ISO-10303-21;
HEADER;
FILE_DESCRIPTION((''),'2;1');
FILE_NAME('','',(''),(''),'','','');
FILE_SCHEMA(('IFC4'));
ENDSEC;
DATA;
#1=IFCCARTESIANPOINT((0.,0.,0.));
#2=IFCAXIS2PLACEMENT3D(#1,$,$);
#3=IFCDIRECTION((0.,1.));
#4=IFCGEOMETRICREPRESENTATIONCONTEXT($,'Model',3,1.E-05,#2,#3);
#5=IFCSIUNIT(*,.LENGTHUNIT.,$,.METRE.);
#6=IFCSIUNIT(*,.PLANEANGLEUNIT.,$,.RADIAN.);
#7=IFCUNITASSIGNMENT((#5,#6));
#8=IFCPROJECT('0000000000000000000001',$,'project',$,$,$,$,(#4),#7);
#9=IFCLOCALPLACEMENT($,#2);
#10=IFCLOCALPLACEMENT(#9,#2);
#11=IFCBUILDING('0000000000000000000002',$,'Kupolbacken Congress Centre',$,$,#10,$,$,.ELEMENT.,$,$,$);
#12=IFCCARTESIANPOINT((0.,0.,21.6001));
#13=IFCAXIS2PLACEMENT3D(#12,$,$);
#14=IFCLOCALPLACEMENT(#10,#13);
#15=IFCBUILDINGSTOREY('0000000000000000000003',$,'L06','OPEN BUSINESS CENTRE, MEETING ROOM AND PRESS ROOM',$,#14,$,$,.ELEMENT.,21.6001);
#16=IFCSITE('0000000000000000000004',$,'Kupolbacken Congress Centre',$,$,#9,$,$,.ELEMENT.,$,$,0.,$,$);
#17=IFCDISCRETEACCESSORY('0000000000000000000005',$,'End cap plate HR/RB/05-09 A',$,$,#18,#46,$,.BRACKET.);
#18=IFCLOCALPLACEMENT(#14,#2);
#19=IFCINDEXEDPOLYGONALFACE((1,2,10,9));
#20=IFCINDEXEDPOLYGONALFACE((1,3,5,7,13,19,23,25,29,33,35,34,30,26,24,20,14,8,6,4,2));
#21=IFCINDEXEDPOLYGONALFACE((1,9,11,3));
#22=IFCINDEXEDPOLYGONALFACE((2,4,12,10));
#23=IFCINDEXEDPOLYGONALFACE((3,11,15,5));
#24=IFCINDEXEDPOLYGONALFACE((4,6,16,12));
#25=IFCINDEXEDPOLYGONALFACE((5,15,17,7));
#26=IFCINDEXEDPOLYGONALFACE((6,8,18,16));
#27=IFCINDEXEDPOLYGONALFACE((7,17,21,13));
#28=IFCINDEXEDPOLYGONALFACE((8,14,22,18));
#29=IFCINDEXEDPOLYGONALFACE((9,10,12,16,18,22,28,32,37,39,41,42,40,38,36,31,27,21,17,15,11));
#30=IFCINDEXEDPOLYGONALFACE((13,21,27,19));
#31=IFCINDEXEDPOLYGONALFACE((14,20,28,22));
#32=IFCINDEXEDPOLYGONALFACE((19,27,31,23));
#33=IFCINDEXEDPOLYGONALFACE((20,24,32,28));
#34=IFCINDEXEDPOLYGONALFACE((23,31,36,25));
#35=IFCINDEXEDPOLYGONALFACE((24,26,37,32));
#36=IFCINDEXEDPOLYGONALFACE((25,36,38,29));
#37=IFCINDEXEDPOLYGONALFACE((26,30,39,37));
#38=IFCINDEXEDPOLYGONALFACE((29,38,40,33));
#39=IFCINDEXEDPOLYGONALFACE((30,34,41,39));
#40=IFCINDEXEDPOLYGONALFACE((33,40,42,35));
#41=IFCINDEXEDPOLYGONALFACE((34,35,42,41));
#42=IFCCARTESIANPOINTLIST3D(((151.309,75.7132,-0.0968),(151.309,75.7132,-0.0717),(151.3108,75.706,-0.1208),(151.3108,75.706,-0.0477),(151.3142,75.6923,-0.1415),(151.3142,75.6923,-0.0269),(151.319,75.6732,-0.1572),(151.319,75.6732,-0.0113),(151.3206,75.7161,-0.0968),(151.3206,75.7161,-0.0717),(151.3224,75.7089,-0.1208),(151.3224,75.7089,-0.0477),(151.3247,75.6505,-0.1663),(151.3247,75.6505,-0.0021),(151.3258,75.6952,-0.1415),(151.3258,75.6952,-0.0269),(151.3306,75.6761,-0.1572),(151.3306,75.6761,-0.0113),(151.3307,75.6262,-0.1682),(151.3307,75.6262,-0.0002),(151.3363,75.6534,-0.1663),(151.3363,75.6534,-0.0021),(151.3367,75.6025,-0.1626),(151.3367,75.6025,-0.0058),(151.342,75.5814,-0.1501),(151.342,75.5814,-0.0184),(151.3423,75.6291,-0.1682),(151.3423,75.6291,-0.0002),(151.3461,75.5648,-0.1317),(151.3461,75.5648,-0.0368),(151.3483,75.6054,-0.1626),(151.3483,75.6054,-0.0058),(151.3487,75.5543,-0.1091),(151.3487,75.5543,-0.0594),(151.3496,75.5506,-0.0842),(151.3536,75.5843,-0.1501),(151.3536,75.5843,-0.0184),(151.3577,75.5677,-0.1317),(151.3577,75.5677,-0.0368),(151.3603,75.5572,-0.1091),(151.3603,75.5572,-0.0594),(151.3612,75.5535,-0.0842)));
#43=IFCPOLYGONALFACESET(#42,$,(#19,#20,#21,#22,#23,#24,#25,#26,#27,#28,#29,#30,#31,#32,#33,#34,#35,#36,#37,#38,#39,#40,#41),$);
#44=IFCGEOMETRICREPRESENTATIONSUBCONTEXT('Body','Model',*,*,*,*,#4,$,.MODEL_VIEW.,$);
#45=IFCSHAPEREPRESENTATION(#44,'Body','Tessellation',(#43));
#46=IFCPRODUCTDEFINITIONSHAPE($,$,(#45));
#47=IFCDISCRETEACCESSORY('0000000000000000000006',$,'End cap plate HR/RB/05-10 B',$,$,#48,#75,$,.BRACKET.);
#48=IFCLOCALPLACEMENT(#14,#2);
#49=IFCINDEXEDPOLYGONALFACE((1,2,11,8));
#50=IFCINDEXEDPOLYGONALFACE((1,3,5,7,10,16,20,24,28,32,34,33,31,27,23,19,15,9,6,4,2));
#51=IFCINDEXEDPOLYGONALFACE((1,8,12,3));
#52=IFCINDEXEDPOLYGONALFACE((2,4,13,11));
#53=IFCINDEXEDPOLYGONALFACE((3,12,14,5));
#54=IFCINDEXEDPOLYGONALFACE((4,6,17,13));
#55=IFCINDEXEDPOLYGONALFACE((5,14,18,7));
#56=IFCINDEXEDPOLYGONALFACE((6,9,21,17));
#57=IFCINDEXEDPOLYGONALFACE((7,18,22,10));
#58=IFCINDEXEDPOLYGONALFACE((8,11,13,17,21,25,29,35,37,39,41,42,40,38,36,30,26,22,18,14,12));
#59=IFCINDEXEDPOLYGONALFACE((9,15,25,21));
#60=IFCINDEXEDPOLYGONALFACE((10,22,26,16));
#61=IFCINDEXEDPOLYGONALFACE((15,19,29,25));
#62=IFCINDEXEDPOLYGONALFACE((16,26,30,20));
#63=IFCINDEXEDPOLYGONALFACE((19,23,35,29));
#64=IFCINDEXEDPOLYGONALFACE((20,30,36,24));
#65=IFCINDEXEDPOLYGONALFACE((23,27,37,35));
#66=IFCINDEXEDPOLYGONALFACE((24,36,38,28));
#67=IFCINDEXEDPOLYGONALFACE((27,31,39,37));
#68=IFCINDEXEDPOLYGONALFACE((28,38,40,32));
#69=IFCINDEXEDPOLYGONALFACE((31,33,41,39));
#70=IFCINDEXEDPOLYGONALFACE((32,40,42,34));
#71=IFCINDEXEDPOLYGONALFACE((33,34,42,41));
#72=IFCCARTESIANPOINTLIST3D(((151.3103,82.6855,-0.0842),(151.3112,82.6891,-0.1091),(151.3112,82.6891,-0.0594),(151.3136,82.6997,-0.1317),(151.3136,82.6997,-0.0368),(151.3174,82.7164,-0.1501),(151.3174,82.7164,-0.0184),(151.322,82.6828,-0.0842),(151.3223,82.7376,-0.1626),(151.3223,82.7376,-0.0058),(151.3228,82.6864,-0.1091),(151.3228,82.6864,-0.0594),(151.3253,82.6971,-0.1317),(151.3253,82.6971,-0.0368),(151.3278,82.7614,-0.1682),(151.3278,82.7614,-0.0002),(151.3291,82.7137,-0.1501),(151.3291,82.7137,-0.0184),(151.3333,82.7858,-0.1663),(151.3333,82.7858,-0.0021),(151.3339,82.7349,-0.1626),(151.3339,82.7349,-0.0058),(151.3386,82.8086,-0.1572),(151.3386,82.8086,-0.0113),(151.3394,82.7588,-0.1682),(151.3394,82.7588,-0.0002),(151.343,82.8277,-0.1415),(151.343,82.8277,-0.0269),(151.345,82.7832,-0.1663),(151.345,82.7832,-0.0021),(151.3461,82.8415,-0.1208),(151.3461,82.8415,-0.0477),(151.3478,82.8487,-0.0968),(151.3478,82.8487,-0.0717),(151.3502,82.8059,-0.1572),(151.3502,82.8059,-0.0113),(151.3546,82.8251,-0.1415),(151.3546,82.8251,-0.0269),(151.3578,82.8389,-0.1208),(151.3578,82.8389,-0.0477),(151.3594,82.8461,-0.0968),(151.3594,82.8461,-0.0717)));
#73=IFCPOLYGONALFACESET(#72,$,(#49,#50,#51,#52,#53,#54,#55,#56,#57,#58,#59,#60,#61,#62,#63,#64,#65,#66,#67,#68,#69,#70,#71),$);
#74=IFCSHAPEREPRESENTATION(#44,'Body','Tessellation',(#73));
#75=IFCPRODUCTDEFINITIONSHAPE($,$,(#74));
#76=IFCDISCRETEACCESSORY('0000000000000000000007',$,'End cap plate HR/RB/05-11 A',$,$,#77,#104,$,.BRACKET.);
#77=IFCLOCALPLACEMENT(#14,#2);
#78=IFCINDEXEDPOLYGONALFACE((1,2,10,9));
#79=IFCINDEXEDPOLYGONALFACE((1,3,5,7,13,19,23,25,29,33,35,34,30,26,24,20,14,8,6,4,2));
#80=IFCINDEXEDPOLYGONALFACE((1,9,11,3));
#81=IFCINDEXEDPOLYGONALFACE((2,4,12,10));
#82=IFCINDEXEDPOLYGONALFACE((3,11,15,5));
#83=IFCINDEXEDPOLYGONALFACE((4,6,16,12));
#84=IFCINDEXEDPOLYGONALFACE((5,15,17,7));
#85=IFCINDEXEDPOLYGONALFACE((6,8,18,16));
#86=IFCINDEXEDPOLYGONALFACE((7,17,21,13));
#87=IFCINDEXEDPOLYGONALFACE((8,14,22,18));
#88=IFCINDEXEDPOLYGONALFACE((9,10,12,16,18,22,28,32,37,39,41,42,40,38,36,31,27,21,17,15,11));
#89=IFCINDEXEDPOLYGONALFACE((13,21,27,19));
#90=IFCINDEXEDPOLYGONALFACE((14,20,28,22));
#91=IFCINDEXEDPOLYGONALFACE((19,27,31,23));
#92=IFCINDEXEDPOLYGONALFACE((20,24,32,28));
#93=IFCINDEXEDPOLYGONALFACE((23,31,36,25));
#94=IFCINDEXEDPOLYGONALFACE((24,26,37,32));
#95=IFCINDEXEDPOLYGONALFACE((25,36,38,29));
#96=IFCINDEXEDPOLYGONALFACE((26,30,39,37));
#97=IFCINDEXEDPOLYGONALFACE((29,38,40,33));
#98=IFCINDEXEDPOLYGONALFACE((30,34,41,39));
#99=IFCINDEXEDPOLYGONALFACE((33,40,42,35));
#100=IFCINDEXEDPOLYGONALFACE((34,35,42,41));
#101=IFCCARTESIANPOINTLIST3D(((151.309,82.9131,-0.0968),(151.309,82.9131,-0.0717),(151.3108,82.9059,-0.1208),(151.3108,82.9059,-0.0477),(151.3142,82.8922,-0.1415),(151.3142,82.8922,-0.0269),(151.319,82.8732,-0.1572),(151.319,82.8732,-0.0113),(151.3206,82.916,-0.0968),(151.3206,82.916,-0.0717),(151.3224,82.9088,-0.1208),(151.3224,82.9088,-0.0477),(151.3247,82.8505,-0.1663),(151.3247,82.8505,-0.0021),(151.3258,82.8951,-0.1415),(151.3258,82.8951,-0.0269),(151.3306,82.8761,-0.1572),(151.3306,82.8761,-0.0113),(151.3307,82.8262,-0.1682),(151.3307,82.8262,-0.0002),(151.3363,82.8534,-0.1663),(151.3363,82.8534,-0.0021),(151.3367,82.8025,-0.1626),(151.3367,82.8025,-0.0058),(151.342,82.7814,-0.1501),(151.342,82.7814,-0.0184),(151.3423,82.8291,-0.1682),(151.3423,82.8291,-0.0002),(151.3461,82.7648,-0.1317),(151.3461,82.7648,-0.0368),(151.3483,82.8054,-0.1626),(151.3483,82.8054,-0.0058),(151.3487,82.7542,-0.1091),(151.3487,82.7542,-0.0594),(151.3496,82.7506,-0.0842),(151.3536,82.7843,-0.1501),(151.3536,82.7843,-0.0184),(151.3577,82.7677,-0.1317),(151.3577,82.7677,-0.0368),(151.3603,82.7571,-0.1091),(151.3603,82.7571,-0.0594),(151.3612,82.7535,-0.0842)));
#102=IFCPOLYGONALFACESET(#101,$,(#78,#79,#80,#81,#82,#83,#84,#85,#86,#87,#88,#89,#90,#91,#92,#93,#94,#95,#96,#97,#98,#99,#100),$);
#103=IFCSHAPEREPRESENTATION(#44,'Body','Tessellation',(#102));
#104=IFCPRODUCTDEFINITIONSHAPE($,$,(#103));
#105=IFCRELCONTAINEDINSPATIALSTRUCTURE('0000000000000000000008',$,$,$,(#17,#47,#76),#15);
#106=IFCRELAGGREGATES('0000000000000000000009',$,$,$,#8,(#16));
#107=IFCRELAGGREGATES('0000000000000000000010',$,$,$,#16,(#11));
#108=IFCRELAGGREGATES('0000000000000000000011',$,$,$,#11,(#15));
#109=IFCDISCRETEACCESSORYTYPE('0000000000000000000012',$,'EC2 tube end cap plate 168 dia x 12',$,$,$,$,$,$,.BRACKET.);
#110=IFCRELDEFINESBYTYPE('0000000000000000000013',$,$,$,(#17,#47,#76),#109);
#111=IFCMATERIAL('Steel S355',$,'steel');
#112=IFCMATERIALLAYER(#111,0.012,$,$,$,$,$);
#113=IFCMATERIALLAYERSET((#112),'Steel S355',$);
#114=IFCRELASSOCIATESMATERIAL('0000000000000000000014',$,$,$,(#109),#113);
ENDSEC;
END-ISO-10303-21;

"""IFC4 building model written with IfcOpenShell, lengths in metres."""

from ifc_helpers import new_model, si_unit, direction, frame, origin, origin_2d, place, context, subcontext, project, spatial, circle, extrude, material, layer, layer_set, type_object, element, save


model = new_model("IFC4")

# Units and contexts
model_context = context("Model", 3, precision=1e-05, world=origin(), true_north=direction((0.0, 1.0)))
body_context = subcontext(model_context, "Body", "Model", "MODEL_VIEW")
ifc_project = project(units=[si_unit("LENGTHUNIT", "METRE"), si_unit("PLANEANGLEUNIT", "RADIAN")], contexts=[model_context])

# Site, building, storey
site_placement = place(None, origin())
site = spatial("IfcSite", under=ifc_project, at=site_placement, Name="Kupolbacken Congress Centre", CompositionType="ELEMENT", RefElevation=0.0)
building_placement = place(site_placement, origin())
building = spatial("IfcBuilding", under=site, at=building_placement, Name="Kupolbacken Congress Centre", CompositionType="ELEMENT")
storey_placement = place(building_placement, frame((0.0, 0.0, 21.6001)))
storey = spatial("IfcBuildingStorey", under=building, at=storey_placement, Name="L06", Description="OPEN BUSINESS CENTRE, MEETING ROOM AND PRESS ROOM", CompositionType="ELEMENT", Elevation=21.6001)

# Discrete accessories
ifc_material_1 = material(Name="Steel S355", Category="steel")
ifc_layer_1 = layer(ifc_material_1, 0.012)
ifc_layer_set_1 = layer_set([ifc_layer_1], Name="Steel S355")
discrete_accessory_type = type_object("IfcDiscreteAccessoryType", Name="EC2 tube end cap plate 168 dia x 12", PredefinedType="BRACKET", material=ifc_layer_set_1)
for number, where, z_axis, x_axis, name in (
    (1, (151.3408, 75.6353, -0.0842), (-0.970143, -0.242536, 0.0), (0.242536, -0.970143, 0.0), "End cap plate HR/RB/05-09 A"),
    (2, (151.3408, 82.7649, -0.0842), (-0.974732, 0.223376, 0.0), (-0.223376, -0.974732, 0.0), "End cap plate HR/RB/05-10 B"),
    (3, (151.3408, 82.8352, -0.0842), (-0.970143, -0.242536, 0.0), (0.242536, -0.970143, 0.0), "End cap plate HR/RB/05-11 A"),
):
    element("IfcDiscreteAccessory", number, at=place(storey_placement, frame(where, z_axis=z_axis, x_axis=x_axis)), inside=storey, type_object=discrete_accessory_type, Name=name, PredefinedType="BRACKET", context=body_context, shape_type="SweptSolid", body=[
        extrude(circle(Radius=0.0842, at=origin_2d()), origin(), (0.0, 0.0, 1.0), 0.012),
    ])

save(model, "model.ifc")
